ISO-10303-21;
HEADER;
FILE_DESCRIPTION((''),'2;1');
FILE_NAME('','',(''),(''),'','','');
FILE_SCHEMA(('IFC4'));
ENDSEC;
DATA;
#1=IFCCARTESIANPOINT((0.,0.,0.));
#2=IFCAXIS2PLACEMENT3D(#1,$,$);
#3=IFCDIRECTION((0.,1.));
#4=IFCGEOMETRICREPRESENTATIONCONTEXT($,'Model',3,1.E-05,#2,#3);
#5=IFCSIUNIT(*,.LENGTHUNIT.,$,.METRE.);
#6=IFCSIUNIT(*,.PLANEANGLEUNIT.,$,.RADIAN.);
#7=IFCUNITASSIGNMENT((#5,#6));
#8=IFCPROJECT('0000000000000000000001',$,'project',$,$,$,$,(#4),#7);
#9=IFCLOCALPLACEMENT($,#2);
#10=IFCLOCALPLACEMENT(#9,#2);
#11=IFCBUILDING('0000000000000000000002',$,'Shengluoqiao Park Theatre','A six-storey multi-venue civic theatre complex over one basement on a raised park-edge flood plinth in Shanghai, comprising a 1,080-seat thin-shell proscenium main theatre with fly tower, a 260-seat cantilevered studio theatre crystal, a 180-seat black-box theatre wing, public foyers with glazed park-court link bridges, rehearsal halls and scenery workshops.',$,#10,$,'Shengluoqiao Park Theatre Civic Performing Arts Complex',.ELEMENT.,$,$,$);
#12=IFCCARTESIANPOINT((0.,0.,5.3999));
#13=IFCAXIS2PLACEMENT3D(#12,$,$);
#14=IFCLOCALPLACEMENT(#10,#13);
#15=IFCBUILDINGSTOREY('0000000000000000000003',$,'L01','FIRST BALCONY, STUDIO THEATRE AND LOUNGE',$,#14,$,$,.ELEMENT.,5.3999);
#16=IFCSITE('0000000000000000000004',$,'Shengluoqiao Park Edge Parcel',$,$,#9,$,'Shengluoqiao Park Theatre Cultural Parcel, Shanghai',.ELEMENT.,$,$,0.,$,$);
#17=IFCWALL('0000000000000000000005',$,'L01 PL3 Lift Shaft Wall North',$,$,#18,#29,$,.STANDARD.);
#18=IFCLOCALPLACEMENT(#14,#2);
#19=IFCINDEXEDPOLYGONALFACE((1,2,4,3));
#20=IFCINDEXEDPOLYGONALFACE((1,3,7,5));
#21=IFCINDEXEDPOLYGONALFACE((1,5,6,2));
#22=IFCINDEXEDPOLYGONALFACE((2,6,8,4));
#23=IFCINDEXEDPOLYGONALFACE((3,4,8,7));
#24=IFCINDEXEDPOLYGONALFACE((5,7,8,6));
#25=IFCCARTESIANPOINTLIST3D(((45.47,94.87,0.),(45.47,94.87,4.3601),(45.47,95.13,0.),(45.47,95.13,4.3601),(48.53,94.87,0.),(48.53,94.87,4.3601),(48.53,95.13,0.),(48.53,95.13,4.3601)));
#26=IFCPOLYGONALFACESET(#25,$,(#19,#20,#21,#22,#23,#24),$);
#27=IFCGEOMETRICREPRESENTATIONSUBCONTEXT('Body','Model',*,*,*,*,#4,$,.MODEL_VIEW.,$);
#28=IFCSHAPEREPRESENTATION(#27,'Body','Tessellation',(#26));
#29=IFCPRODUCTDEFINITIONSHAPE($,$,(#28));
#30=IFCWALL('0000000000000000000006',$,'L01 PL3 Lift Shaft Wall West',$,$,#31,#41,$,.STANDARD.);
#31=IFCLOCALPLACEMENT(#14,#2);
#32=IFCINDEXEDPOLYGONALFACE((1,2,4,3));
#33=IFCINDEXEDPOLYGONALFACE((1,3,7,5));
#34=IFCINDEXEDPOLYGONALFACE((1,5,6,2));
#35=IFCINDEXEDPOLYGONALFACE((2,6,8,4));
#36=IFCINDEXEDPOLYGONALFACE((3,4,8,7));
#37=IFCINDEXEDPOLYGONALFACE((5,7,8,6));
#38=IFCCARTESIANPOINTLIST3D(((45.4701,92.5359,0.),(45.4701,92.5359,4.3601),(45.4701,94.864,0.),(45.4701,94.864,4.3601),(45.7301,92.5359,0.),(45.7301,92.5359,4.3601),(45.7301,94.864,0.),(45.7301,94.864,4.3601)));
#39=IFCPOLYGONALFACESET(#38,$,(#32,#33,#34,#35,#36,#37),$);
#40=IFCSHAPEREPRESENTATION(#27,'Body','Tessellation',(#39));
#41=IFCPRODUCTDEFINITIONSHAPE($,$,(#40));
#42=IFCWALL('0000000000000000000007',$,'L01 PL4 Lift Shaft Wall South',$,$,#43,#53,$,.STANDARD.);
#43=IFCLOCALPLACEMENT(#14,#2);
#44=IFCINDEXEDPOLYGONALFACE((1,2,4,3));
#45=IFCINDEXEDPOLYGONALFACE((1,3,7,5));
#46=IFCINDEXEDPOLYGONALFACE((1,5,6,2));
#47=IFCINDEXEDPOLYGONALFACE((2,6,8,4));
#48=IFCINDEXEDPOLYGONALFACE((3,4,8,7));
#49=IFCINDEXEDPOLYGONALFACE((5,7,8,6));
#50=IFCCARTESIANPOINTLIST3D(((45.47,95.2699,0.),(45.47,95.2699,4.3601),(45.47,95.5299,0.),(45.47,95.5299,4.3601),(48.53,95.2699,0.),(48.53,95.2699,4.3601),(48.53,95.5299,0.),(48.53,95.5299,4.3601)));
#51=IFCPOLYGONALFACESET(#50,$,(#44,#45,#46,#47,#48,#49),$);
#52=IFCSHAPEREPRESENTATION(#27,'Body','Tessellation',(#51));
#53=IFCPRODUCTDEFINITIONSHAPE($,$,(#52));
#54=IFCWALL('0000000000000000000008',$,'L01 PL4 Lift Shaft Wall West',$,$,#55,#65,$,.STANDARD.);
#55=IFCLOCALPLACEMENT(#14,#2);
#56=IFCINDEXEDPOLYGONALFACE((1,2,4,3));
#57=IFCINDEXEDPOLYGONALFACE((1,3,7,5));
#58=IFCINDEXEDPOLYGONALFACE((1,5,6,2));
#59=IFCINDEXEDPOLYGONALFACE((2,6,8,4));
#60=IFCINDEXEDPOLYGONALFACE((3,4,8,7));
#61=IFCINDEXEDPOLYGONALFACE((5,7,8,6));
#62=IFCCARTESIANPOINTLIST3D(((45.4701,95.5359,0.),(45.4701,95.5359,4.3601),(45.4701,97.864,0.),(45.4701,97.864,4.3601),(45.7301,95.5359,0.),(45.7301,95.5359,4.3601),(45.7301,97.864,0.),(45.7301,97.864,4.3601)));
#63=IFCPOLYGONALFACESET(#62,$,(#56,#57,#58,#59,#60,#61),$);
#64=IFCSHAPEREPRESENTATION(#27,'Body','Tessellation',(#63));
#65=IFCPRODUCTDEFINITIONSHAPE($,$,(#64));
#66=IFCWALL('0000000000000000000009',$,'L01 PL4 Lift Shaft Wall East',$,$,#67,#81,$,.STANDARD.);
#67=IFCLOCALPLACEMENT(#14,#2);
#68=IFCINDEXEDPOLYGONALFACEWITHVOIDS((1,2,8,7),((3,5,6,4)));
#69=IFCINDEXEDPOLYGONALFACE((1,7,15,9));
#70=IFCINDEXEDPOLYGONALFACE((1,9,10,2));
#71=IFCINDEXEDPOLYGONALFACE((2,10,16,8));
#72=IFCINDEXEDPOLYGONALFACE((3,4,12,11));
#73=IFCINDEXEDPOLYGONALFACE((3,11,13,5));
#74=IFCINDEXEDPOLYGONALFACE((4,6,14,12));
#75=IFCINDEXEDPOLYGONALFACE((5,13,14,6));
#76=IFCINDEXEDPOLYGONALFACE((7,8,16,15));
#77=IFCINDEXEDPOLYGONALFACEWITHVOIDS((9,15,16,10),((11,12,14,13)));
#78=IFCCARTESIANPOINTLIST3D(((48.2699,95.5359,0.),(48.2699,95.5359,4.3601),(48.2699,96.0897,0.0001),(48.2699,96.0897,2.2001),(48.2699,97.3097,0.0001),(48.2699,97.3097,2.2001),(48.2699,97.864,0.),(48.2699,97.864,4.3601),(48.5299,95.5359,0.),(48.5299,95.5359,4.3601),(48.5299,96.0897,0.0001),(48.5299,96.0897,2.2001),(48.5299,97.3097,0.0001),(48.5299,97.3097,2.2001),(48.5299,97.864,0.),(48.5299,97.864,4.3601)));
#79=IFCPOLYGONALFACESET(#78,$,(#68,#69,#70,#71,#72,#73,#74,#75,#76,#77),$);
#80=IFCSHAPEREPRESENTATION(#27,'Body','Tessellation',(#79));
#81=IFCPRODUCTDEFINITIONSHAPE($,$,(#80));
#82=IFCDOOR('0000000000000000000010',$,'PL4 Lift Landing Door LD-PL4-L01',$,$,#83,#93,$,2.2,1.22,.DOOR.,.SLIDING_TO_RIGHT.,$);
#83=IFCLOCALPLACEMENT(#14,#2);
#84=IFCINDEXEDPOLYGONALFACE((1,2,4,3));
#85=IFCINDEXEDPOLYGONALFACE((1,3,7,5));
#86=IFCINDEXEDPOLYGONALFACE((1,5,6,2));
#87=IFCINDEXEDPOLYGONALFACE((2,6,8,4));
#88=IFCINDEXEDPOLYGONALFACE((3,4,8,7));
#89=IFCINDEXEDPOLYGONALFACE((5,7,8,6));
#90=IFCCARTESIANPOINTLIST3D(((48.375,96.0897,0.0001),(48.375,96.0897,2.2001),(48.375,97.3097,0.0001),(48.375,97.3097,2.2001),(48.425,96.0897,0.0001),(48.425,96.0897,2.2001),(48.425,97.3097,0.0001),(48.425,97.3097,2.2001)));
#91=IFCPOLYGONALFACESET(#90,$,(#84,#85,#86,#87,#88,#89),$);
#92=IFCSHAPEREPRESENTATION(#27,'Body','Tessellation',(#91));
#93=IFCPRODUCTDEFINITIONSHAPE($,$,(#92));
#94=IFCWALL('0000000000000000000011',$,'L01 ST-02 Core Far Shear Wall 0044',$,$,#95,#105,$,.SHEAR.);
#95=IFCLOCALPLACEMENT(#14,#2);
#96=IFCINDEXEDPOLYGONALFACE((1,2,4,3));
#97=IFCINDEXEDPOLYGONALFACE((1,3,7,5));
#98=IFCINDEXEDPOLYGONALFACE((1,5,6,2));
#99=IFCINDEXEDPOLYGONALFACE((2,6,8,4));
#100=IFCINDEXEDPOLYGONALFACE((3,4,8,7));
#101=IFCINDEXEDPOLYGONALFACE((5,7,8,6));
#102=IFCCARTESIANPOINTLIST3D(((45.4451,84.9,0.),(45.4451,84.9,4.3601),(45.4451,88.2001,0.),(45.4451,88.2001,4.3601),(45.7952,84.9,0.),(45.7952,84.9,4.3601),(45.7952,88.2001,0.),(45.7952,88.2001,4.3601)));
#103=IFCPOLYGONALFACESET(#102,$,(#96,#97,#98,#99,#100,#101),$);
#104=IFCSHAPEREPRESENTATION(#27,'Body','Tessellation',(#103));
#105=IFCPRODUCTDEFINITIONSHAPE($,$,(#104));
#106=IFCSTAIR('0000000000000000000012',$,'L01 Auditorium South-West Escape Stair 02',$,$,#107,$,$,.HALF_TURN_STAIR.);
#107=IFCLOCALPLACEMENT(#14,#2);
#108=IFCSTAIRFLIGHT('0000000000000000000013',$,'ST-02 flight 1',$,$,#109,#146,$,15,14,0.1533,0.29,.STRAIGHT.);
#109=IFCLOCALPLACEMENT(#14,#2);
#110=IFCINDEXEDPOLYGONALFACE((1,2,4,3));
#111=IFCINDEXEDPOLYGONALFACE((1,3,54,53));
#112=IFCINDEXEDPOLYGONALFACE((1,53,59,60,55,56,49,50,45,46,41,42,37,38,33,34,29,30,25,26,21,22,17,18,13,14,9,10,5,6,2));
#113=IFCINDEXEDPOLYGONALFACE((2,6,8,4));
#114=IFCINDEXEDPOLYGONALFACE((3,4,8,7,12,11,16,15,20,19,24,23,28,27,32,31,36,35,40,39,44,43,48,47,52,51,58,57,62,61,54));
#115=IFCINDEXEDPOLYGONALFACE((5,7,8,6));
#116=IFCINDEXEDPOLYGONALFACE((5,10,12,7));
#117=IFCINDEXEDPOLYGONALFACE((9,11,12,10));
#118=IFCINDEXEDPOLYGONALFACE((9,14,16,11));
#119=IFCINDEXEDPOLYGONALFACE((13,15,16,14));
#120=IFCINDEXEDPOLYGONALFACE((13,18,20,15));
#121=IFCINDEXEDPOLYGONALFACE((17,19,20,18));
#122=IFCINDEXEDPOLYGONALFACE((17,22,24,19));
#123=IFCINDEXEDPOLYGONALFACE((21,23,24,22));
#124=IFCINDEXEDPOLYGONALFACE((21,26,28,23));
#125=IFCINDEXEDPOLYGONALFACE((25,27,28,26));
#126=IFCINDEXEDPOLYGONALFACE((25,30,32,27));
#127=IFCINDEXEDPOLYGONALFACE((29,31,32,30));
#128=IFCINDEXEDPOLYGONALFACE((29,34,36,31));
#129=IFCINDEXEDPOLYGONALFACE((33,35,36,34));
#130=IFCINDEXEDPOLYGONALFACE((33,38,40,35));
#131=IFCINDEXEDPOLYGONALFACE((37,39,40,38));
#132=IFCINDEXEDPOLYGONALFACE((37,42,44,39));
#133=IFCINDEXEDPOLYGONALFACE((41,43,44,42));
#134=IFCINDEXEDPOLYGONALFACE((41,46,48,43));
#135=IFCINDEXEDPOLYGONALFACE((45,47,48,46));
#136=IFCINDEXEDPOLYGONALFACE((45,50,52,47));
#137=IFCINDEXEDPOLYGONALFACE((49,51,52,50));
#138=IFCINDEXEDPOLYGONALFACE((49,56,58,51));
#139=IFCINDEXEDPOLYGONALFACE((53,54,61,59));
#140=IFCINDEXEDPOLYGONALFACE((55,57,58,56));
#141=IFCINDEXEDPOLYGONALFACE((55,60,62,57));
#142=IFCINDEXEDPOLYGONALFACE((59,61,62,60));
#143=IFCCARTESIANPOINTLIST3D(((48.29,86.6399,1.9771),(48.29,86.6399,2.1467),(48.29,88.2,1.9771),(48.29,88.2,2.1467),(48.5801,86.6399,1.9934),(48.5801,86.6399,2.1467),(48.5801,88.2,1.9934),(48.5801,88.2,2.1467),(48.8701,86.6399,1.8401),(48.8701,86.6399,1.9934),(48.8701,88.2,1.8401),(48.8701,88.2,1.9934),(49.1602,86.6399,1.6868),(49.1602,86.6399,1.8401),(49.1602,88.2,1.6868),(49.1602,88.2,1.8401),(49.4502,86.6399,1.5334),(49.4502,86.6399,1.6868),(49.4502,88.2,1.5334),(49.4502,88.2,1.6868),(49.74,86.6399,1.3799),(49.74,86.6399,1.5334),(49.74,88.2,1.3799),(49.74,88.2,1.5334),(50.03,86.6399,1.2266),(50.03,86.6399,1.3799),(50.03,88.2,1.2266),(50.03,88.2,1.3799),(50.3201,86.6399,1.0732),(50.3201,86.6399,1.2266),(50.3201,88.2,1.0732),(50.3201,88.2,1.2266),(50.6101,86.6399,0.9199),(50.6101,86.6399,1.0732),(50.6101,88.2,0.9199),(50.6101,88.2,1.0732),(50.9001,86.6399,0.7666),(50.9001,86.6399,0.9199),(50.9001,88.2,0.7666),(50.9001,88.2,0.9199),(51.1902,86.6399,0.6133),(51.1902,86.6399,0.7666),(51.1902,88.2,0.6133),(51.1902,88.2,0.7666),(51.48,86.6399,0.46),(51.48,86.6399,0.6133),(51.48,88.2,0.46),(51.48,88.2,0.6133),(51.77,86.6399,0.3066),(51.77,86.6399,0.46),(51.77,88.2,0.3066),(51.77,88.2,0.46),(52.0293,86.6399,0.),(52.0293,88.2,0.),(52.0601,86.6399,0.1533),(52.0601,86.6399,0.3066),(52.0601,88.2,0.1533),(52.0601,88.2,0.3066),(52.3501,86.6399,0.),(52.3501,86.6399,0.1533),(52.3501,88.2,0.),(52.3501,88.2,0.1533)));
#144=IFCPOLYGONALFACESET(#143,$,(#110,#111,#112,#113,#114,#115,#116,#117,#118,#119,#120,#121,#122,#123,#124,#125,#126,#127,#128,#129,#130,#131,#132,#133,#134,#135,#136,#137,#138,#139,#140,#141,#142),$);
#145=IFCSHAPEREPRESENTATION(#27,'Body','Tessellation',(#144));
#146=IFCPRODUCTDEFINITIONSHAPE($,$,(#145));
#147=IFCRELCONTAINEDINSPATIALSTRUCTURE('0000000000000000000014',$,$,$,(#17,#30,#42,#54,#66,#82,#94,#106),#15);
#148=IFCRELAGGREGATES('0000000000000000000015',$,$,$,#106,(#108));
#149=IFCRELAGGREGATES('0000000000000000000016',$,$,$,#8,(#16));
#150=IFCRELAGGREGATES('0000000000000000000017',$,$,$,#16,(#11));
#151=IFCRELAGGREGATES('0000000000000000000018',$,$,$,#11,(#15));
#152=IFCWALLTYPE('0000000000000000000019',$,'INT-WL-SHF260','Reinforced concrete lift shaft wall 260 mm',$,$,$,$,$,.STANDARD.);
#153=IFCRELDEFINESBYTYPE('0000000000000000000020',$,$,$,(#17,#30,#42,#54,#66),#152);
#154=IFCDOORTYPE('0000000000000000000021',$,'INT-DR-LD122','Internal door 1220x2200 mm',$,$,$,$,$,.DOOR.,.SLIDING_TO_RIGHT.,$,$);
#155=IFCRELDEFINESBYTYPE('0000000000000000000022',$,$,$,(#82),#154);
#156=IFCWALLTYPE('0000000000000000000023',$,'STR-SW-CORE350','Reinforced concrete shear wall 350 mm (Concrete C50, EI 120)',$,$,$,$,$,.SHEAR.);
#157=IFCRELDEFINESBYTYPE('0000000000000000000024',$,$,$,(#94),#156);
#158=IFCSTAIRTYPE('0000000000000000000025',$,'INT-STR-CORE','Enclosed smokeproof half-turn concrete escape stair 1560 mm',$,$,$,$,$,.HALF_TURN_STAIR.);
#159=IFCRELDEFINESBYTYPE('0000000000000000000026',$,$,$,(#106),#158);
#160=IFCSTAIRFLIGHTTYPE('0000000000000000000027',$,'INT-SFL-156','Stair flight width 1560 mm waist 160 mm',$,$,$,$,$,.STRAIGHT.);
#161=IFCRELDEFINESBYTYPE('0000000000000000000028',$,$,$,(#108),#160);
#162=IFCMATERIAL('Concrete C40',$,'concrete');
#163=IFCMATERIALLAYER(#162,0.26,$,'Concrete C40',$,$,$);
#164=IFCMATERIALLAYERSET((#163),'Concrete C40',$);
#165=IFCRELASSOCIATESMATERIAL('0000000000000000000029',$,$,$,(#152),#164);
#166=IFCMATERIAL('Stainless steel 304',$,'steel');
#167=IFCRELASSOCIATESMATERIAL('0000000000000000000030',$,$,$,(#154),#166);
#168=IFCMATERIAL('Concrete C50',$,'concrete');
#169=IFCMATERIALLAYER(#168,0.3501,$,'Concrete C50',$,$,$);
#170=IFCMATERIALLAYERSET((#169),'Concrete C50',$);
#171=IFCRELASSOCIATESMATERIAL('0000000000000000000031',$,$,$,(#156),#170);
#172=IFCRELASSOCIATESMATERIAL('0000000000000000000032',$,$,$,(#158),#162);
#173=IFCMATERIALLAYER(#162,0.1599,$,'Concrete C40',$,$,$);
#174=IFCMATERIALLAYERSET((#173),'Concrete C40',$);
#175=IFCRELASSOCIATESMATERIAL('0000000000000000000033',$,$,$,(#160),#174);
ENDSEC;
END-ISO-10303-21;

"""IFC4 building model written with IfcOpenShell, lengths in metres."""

from ifc_helpers import new_model, si_unit, direction, frame, frame_2d, origin, place, context, subcontext, project, spatial, polyline, rectangle, outline, extrude, material, layer, layer_set, type_object, element, fill, aggregate, save


model = new_model("IFC4")

# Units and contexts
model_context = context("Model", 3, precision=1e-05, world=origin(), true_north=direction((0.0, 1.0)))
body_context = subcontext(model_context, "Body", "Model", "MODEL_VIEW")
ifc_project = project(units=[si_unit("LENGTHUNIT", "METRE"), si_unit("PLANEANGLEUNIT", "RADIAN")], contexts=[model_context])

# Site, building, storey
site_placement = place(None, origin())
site = spatial("IfcSite", under=ifc_project, at=site_placement, Name="Shengluoqiao Park Edge Parcel", LongName="Shengluoqiao Park Theatre Cultural Parcel, Shanghai", CompositionType="ELEMENT", RefElevation=0.0)
building_placement = place(site_placement, origin())
building = spatial("IfcBuilding", under=site, at=building_placement, Name="Shengluoqiao Park Theatre", Description="A six-storey multi-venue civic theatre complex over one basement on a raised park-edge flood plinth in Shanghai, comprising a 1,080-seat thin-shell proscenium main theatre with fly tower, a 260-seat cantilevered studio theatre crystal, a 180-seat black-box theatre wing, public foyers with glazed park-court link bridges, rehearsal halls and scenery workshops.", LongName="Shengluoqiao Park Theatre Civic Performing Arts Complex", CompositionType="ELEMENT")
storey_placement = place(building_placement, frame((0.0, 0.0, 5.3999)))
storey = spatial("IfcBuildingStorey", under=building, at=storey_placement, Name="L01", Description="FIRST BALCONY, STUDIO THEATRE AND LOUNGE", CompositionType="ELEMENT", Elevation=5.3999)

# Shared definitions
ifc_material_1 = material(Name="Concrete C50", Category="concrete")

# Walls
ifc_material_2 = material(Name="Concrete C40", Category="concrete")
ifc_layer_1 = layer(ifc_material_2, 0.26, Name="Concrete C40")
ifc_layer_set_1 = layer_set([ifc_layer_1], Name="Concrete C40")
wall_type_1 = type_object("IfcWallType", Name="INT-WL-SHF260", Description="Reinforced concrete lift shaft wall 260 mm", PredefinedType="STANDARD", material=ifc_layer_set_1)
for number, where, z_axis, x_axis, name in (
    (1, (45.47, 95.0, 0.0), (0.0, 0.0, 1.0), (1.0, 0.0, 0.0), "L01 PL3 Lift Shaft Wall North"),
):
    element("IfcWall", number, at=place(storey_placement, frame(where, z_axis=z_axis, x_axis=x_axis)), inside=storey, type_object=wall_type_1, Name=name, PredefinedType="STANDARD", context=body_context, shape_type="SweptSolid", body=[
        extrude(rectangle(XDim=3.0601, YDim=0.26, at=frame_2d((1.53, 0.0))), origin(), (0.0, 0.0, 1.0), 4.3601),
    ])
wall_1_placement = place(storey_placement, frame((45.6001, 92.5359, 0.0), z_axis=(0.0, 0.0, 1.0), x_axis=(0.0, 1.0, 0.0)))
element("IfcWall", 2, at=wall_1_placement, inside=storey, type_object=wall_type_1, Name="L01 PL3 Lift Shaft Wall West", PredefinedType="STANDARD", context=body_context, shape_type="SweptSolid", body=[
    extrude(rectangle(XDim=2.3281, YDim=0.26, at=frame_2d((1.1641, 0.0))), origin(), (0.0, 0.0, 1.0), 4.3601),
])

# Shared definitions
ifc_material_3 = material(Name="Stainless steel 304", Category="steel")

# Walls
wall_2_placement = place(storey_placement, frame((45.47, 95.3999, 0.0), z_axis=(0.0, 0.0, 1.0), x_axis=(1.0, 0.0, 0.0)))
element("IfcWall", 3, at=wall_2_placement, inside=storey, type_object=wall_type_1, Name="L01 PL4 Lift Shaft Wall South", PredefinedType="STANDARD", context=body_context, shape_type="SweptSolid", body=[
    extrude(rectangle(XDim=3.0601, YDim=0.26, at=frame_2d((1.53, 0.0))), origin(), (0.0, 0.0, 1.0), 4.3601),
])
wall_3_placement = place(storey_placement, frame((45.6001, 95.5359, 0.0), z_axis=(0.0, 0.0, 1.0), x_axis=(0.0, 1.0, 0.0)))
element("IfcWall", 4, at=wall_3_placement, inside=storey, type_object=wall_type_1, Name="L01 PL4 Lift Shaft Wall West", PredefinedType="STANDARD", context=body_context, shape_type="SweptSolid", body=[
    extrude(rectangle(XDim=2.3281, YDim=0.26, at=frame_2d((1.1641, 0.0))), origin(), (0.0, 0.0, 1.0), 4.3601),
])

# Wall, opening, door
wall_4_placement = place(storey_placement, frame((48.3999, 95.5359, 0.0), z_axis=(0.0, 0.0, 1.0), x_axis=(0.0, 1.0, 0.0)))
wall_4 = element("IfcWall", 5, at=wall_4_placement, inside=storey, type_object=wall_type_1, Name="L01 PL4 Lift Shaft Wall East", PredefinedType="STANDARD", context=body_context, shape_type="SweptSolid", body=[
    extrude(rectangle(XDim=2.3281, YDim=0.26, at=frame_2d((1.1641, 0.0))), origin(), (0.0, 0.0, 1.0), 4.3601),
])
opening_1_placement = place(wall_4_placement, frame((0.554, 0.0, 0.0)))
opening_1 = element("IfcOpeningElement", 6, at=opening_1_placement, cuts=wall_4, PredefinedType="OPENING", context=body_context, shape_type="SweptSolid", body=[
    extrude(rectangle(XDim=1.22, YDim=2.2, at=frame_2d((0.6099, 1.1001))), frame((0.0, 0.1399, 0.0), z_axis=(0.0, -1.0, 0.0), x_axis=(1.0, 0.0, 0.0)), (0.0, 0.0, 1.0), 0.28),
])
door_type_1 = type_object("IfcDoorType", Name="INT-DR-LD122", Description="Internal door 1220x2200 mm", OperationType="SLIDING_TO_RIGHT", PredefinedType="DOOR", material=ifc_material_3)
door_1_placement = place(opening_1_placement, origin())
door_1 = element("IfcDoor", 7, at=door_1_placement, inside=storey, type_object=door_type_1, Name="PL4 Lift Landing Door LD-PL4-L01", OperationType="SLIDING_TO_RIGHT", OverallHeight=2.2, OverallWidth=1.22, PredefinedType="DOOR", context=body_context, shape_type="SweptSolid", body=[
    extrude(rectangle(XDim=1.22, YDim=2.2, at=frame_2d((0.6099, 1.1001))), frame((0.0, 0.0249, 0.0), z_axis=(0.0, -1.0, 0.0), x_axis=(1.0, 0.0, 0.0)), (0.0, 0.0, 1.0), 0.05),
])
fill(opening_1, door_1)

# Wall
ifc_layer_2 = layer(ifc_material_1, 0.3501, Name="Concrete C50")
ifc_layer_set_2 = layer_set([ifc_layer_2], Name="Concrete C50")
wall_type_2 = type_object("IfcWallType", Name="STR-SW-CORE350", Description="Reinforced concrete shear wall 350 mm (Concrete C50, EI 120)", PredefinedType="SHEAR", material=ifc_layer_set_2)
wall_5_placement = place(storey_placement, frame((45.6201, 88.2, 0.0), z_axis=(0.0, 0.0, 1.0), x_axis=(0.0, -1.0, 0.0)))
element("IfcWall", 8, at=wall_5_placement, inside=storey, type_object=wall_type_2, Name="L01 ST-02 Core Far Shear Wall 0044", PredefinedType="SHEAR", context=body_context, shape_type="SweptSolid", body=[
    extrude(rectangle(XDim=3.3, YDim=0.3501, at=frame_2d((1.6499, 0.0))), origin(), (0.0, 0.0, 1.0), 4.3601),
])

# Stair, stair flight
stair_type = type_object("IfcStairType", Name="INT-STR-CORE", Description="Enclosed smokeproof half-turn concrete escape stair 1560 mm", PredefinedType="HALF_TURN_STAIR", material=ifc_material_2)
stair_placement = place(storey_placement, origin())
stair = element("IfcStair", 9, at=stair_placement, inside=storey, type_object=stair_type, Name="L01 Auditorium South-West Escape Stair 02", PredefinedType="HALF_TURN_STAIR")
ifc_layer_3 = layer(ifc_material_2, 0.1599, Name="Concrete C40")
ifc_layer_set_3 = layer_set([ifc_layer_3], Name="Concrete C40")
stair_flight_type = type_object("IfcStairFlightType", Name="INT-SFL-156", Description="Stair flight width 1560 mm waist 160 mm", PredefinedType="STRAIGHT", material=ifc_layer_set_3)
stair_flight_placement = place(storey_placement, frame((52.3501, 87.4199, 0.0), z_axis=(0.0, 0.0, 1.0), x_axis=(-1.0, 0.0, 0.0)))
stair_flight = element("IfcStairFlight", 10, at=stair_flight_placement, type_object=stair_flight_type, Name="ST-02 flight 1", NumberOfRisers=15, NumberOfTreads=14, PredefinedType="STRAIGHT", RiserHeight=0.1533, TreadLength=0.29, context=body_context, shape_type="SweptSolid", body=[
    extrude(outline(polyline([(0.0, 0.0), (0.0, 0.1533), (0.29, 0.1533), (0.29, 0.3066), (0.5801, 0.3066), (0.5801, 0.46), (0.8701, 0.46), (0.8701, 0.6133), (1.1599, 0.6133), (1.1599, 0.7666), (1.45, 0.7666), (1.45, 0.9199), (1.74, 0.9199), (1.74, 1.0732), (2.03, 1.0732), (2.03, 1.2266), (2.3201, 1.2266), (2.3201, 1.3799), (2.6101, 1.3799), (2.6101, 1.5334), (2.8999, 1.5334), (2.8999, 1.6868), (3.1899, 1.6868), (3.1899, 1.8401), (3.48, 1.8401), (3.48, 1.9934), (3.77, 1.9934), (3.77, 2.1467), (4.0601, 2.1467), (4.0601, 2.3), (4.0601, 1.9771), (0.3208, 0.0), (0.0, 0.0)])), frame((0.0, 0.78, 0.0), z_axis=(0.0, -1.0, 0.0), x_axis=(1.0, 0.0, 0.0)), (0.0, 0.0, 1.0), 1.5601),
])
aggregate(stair, [stair_flight])

save(model, "model.ifc")
